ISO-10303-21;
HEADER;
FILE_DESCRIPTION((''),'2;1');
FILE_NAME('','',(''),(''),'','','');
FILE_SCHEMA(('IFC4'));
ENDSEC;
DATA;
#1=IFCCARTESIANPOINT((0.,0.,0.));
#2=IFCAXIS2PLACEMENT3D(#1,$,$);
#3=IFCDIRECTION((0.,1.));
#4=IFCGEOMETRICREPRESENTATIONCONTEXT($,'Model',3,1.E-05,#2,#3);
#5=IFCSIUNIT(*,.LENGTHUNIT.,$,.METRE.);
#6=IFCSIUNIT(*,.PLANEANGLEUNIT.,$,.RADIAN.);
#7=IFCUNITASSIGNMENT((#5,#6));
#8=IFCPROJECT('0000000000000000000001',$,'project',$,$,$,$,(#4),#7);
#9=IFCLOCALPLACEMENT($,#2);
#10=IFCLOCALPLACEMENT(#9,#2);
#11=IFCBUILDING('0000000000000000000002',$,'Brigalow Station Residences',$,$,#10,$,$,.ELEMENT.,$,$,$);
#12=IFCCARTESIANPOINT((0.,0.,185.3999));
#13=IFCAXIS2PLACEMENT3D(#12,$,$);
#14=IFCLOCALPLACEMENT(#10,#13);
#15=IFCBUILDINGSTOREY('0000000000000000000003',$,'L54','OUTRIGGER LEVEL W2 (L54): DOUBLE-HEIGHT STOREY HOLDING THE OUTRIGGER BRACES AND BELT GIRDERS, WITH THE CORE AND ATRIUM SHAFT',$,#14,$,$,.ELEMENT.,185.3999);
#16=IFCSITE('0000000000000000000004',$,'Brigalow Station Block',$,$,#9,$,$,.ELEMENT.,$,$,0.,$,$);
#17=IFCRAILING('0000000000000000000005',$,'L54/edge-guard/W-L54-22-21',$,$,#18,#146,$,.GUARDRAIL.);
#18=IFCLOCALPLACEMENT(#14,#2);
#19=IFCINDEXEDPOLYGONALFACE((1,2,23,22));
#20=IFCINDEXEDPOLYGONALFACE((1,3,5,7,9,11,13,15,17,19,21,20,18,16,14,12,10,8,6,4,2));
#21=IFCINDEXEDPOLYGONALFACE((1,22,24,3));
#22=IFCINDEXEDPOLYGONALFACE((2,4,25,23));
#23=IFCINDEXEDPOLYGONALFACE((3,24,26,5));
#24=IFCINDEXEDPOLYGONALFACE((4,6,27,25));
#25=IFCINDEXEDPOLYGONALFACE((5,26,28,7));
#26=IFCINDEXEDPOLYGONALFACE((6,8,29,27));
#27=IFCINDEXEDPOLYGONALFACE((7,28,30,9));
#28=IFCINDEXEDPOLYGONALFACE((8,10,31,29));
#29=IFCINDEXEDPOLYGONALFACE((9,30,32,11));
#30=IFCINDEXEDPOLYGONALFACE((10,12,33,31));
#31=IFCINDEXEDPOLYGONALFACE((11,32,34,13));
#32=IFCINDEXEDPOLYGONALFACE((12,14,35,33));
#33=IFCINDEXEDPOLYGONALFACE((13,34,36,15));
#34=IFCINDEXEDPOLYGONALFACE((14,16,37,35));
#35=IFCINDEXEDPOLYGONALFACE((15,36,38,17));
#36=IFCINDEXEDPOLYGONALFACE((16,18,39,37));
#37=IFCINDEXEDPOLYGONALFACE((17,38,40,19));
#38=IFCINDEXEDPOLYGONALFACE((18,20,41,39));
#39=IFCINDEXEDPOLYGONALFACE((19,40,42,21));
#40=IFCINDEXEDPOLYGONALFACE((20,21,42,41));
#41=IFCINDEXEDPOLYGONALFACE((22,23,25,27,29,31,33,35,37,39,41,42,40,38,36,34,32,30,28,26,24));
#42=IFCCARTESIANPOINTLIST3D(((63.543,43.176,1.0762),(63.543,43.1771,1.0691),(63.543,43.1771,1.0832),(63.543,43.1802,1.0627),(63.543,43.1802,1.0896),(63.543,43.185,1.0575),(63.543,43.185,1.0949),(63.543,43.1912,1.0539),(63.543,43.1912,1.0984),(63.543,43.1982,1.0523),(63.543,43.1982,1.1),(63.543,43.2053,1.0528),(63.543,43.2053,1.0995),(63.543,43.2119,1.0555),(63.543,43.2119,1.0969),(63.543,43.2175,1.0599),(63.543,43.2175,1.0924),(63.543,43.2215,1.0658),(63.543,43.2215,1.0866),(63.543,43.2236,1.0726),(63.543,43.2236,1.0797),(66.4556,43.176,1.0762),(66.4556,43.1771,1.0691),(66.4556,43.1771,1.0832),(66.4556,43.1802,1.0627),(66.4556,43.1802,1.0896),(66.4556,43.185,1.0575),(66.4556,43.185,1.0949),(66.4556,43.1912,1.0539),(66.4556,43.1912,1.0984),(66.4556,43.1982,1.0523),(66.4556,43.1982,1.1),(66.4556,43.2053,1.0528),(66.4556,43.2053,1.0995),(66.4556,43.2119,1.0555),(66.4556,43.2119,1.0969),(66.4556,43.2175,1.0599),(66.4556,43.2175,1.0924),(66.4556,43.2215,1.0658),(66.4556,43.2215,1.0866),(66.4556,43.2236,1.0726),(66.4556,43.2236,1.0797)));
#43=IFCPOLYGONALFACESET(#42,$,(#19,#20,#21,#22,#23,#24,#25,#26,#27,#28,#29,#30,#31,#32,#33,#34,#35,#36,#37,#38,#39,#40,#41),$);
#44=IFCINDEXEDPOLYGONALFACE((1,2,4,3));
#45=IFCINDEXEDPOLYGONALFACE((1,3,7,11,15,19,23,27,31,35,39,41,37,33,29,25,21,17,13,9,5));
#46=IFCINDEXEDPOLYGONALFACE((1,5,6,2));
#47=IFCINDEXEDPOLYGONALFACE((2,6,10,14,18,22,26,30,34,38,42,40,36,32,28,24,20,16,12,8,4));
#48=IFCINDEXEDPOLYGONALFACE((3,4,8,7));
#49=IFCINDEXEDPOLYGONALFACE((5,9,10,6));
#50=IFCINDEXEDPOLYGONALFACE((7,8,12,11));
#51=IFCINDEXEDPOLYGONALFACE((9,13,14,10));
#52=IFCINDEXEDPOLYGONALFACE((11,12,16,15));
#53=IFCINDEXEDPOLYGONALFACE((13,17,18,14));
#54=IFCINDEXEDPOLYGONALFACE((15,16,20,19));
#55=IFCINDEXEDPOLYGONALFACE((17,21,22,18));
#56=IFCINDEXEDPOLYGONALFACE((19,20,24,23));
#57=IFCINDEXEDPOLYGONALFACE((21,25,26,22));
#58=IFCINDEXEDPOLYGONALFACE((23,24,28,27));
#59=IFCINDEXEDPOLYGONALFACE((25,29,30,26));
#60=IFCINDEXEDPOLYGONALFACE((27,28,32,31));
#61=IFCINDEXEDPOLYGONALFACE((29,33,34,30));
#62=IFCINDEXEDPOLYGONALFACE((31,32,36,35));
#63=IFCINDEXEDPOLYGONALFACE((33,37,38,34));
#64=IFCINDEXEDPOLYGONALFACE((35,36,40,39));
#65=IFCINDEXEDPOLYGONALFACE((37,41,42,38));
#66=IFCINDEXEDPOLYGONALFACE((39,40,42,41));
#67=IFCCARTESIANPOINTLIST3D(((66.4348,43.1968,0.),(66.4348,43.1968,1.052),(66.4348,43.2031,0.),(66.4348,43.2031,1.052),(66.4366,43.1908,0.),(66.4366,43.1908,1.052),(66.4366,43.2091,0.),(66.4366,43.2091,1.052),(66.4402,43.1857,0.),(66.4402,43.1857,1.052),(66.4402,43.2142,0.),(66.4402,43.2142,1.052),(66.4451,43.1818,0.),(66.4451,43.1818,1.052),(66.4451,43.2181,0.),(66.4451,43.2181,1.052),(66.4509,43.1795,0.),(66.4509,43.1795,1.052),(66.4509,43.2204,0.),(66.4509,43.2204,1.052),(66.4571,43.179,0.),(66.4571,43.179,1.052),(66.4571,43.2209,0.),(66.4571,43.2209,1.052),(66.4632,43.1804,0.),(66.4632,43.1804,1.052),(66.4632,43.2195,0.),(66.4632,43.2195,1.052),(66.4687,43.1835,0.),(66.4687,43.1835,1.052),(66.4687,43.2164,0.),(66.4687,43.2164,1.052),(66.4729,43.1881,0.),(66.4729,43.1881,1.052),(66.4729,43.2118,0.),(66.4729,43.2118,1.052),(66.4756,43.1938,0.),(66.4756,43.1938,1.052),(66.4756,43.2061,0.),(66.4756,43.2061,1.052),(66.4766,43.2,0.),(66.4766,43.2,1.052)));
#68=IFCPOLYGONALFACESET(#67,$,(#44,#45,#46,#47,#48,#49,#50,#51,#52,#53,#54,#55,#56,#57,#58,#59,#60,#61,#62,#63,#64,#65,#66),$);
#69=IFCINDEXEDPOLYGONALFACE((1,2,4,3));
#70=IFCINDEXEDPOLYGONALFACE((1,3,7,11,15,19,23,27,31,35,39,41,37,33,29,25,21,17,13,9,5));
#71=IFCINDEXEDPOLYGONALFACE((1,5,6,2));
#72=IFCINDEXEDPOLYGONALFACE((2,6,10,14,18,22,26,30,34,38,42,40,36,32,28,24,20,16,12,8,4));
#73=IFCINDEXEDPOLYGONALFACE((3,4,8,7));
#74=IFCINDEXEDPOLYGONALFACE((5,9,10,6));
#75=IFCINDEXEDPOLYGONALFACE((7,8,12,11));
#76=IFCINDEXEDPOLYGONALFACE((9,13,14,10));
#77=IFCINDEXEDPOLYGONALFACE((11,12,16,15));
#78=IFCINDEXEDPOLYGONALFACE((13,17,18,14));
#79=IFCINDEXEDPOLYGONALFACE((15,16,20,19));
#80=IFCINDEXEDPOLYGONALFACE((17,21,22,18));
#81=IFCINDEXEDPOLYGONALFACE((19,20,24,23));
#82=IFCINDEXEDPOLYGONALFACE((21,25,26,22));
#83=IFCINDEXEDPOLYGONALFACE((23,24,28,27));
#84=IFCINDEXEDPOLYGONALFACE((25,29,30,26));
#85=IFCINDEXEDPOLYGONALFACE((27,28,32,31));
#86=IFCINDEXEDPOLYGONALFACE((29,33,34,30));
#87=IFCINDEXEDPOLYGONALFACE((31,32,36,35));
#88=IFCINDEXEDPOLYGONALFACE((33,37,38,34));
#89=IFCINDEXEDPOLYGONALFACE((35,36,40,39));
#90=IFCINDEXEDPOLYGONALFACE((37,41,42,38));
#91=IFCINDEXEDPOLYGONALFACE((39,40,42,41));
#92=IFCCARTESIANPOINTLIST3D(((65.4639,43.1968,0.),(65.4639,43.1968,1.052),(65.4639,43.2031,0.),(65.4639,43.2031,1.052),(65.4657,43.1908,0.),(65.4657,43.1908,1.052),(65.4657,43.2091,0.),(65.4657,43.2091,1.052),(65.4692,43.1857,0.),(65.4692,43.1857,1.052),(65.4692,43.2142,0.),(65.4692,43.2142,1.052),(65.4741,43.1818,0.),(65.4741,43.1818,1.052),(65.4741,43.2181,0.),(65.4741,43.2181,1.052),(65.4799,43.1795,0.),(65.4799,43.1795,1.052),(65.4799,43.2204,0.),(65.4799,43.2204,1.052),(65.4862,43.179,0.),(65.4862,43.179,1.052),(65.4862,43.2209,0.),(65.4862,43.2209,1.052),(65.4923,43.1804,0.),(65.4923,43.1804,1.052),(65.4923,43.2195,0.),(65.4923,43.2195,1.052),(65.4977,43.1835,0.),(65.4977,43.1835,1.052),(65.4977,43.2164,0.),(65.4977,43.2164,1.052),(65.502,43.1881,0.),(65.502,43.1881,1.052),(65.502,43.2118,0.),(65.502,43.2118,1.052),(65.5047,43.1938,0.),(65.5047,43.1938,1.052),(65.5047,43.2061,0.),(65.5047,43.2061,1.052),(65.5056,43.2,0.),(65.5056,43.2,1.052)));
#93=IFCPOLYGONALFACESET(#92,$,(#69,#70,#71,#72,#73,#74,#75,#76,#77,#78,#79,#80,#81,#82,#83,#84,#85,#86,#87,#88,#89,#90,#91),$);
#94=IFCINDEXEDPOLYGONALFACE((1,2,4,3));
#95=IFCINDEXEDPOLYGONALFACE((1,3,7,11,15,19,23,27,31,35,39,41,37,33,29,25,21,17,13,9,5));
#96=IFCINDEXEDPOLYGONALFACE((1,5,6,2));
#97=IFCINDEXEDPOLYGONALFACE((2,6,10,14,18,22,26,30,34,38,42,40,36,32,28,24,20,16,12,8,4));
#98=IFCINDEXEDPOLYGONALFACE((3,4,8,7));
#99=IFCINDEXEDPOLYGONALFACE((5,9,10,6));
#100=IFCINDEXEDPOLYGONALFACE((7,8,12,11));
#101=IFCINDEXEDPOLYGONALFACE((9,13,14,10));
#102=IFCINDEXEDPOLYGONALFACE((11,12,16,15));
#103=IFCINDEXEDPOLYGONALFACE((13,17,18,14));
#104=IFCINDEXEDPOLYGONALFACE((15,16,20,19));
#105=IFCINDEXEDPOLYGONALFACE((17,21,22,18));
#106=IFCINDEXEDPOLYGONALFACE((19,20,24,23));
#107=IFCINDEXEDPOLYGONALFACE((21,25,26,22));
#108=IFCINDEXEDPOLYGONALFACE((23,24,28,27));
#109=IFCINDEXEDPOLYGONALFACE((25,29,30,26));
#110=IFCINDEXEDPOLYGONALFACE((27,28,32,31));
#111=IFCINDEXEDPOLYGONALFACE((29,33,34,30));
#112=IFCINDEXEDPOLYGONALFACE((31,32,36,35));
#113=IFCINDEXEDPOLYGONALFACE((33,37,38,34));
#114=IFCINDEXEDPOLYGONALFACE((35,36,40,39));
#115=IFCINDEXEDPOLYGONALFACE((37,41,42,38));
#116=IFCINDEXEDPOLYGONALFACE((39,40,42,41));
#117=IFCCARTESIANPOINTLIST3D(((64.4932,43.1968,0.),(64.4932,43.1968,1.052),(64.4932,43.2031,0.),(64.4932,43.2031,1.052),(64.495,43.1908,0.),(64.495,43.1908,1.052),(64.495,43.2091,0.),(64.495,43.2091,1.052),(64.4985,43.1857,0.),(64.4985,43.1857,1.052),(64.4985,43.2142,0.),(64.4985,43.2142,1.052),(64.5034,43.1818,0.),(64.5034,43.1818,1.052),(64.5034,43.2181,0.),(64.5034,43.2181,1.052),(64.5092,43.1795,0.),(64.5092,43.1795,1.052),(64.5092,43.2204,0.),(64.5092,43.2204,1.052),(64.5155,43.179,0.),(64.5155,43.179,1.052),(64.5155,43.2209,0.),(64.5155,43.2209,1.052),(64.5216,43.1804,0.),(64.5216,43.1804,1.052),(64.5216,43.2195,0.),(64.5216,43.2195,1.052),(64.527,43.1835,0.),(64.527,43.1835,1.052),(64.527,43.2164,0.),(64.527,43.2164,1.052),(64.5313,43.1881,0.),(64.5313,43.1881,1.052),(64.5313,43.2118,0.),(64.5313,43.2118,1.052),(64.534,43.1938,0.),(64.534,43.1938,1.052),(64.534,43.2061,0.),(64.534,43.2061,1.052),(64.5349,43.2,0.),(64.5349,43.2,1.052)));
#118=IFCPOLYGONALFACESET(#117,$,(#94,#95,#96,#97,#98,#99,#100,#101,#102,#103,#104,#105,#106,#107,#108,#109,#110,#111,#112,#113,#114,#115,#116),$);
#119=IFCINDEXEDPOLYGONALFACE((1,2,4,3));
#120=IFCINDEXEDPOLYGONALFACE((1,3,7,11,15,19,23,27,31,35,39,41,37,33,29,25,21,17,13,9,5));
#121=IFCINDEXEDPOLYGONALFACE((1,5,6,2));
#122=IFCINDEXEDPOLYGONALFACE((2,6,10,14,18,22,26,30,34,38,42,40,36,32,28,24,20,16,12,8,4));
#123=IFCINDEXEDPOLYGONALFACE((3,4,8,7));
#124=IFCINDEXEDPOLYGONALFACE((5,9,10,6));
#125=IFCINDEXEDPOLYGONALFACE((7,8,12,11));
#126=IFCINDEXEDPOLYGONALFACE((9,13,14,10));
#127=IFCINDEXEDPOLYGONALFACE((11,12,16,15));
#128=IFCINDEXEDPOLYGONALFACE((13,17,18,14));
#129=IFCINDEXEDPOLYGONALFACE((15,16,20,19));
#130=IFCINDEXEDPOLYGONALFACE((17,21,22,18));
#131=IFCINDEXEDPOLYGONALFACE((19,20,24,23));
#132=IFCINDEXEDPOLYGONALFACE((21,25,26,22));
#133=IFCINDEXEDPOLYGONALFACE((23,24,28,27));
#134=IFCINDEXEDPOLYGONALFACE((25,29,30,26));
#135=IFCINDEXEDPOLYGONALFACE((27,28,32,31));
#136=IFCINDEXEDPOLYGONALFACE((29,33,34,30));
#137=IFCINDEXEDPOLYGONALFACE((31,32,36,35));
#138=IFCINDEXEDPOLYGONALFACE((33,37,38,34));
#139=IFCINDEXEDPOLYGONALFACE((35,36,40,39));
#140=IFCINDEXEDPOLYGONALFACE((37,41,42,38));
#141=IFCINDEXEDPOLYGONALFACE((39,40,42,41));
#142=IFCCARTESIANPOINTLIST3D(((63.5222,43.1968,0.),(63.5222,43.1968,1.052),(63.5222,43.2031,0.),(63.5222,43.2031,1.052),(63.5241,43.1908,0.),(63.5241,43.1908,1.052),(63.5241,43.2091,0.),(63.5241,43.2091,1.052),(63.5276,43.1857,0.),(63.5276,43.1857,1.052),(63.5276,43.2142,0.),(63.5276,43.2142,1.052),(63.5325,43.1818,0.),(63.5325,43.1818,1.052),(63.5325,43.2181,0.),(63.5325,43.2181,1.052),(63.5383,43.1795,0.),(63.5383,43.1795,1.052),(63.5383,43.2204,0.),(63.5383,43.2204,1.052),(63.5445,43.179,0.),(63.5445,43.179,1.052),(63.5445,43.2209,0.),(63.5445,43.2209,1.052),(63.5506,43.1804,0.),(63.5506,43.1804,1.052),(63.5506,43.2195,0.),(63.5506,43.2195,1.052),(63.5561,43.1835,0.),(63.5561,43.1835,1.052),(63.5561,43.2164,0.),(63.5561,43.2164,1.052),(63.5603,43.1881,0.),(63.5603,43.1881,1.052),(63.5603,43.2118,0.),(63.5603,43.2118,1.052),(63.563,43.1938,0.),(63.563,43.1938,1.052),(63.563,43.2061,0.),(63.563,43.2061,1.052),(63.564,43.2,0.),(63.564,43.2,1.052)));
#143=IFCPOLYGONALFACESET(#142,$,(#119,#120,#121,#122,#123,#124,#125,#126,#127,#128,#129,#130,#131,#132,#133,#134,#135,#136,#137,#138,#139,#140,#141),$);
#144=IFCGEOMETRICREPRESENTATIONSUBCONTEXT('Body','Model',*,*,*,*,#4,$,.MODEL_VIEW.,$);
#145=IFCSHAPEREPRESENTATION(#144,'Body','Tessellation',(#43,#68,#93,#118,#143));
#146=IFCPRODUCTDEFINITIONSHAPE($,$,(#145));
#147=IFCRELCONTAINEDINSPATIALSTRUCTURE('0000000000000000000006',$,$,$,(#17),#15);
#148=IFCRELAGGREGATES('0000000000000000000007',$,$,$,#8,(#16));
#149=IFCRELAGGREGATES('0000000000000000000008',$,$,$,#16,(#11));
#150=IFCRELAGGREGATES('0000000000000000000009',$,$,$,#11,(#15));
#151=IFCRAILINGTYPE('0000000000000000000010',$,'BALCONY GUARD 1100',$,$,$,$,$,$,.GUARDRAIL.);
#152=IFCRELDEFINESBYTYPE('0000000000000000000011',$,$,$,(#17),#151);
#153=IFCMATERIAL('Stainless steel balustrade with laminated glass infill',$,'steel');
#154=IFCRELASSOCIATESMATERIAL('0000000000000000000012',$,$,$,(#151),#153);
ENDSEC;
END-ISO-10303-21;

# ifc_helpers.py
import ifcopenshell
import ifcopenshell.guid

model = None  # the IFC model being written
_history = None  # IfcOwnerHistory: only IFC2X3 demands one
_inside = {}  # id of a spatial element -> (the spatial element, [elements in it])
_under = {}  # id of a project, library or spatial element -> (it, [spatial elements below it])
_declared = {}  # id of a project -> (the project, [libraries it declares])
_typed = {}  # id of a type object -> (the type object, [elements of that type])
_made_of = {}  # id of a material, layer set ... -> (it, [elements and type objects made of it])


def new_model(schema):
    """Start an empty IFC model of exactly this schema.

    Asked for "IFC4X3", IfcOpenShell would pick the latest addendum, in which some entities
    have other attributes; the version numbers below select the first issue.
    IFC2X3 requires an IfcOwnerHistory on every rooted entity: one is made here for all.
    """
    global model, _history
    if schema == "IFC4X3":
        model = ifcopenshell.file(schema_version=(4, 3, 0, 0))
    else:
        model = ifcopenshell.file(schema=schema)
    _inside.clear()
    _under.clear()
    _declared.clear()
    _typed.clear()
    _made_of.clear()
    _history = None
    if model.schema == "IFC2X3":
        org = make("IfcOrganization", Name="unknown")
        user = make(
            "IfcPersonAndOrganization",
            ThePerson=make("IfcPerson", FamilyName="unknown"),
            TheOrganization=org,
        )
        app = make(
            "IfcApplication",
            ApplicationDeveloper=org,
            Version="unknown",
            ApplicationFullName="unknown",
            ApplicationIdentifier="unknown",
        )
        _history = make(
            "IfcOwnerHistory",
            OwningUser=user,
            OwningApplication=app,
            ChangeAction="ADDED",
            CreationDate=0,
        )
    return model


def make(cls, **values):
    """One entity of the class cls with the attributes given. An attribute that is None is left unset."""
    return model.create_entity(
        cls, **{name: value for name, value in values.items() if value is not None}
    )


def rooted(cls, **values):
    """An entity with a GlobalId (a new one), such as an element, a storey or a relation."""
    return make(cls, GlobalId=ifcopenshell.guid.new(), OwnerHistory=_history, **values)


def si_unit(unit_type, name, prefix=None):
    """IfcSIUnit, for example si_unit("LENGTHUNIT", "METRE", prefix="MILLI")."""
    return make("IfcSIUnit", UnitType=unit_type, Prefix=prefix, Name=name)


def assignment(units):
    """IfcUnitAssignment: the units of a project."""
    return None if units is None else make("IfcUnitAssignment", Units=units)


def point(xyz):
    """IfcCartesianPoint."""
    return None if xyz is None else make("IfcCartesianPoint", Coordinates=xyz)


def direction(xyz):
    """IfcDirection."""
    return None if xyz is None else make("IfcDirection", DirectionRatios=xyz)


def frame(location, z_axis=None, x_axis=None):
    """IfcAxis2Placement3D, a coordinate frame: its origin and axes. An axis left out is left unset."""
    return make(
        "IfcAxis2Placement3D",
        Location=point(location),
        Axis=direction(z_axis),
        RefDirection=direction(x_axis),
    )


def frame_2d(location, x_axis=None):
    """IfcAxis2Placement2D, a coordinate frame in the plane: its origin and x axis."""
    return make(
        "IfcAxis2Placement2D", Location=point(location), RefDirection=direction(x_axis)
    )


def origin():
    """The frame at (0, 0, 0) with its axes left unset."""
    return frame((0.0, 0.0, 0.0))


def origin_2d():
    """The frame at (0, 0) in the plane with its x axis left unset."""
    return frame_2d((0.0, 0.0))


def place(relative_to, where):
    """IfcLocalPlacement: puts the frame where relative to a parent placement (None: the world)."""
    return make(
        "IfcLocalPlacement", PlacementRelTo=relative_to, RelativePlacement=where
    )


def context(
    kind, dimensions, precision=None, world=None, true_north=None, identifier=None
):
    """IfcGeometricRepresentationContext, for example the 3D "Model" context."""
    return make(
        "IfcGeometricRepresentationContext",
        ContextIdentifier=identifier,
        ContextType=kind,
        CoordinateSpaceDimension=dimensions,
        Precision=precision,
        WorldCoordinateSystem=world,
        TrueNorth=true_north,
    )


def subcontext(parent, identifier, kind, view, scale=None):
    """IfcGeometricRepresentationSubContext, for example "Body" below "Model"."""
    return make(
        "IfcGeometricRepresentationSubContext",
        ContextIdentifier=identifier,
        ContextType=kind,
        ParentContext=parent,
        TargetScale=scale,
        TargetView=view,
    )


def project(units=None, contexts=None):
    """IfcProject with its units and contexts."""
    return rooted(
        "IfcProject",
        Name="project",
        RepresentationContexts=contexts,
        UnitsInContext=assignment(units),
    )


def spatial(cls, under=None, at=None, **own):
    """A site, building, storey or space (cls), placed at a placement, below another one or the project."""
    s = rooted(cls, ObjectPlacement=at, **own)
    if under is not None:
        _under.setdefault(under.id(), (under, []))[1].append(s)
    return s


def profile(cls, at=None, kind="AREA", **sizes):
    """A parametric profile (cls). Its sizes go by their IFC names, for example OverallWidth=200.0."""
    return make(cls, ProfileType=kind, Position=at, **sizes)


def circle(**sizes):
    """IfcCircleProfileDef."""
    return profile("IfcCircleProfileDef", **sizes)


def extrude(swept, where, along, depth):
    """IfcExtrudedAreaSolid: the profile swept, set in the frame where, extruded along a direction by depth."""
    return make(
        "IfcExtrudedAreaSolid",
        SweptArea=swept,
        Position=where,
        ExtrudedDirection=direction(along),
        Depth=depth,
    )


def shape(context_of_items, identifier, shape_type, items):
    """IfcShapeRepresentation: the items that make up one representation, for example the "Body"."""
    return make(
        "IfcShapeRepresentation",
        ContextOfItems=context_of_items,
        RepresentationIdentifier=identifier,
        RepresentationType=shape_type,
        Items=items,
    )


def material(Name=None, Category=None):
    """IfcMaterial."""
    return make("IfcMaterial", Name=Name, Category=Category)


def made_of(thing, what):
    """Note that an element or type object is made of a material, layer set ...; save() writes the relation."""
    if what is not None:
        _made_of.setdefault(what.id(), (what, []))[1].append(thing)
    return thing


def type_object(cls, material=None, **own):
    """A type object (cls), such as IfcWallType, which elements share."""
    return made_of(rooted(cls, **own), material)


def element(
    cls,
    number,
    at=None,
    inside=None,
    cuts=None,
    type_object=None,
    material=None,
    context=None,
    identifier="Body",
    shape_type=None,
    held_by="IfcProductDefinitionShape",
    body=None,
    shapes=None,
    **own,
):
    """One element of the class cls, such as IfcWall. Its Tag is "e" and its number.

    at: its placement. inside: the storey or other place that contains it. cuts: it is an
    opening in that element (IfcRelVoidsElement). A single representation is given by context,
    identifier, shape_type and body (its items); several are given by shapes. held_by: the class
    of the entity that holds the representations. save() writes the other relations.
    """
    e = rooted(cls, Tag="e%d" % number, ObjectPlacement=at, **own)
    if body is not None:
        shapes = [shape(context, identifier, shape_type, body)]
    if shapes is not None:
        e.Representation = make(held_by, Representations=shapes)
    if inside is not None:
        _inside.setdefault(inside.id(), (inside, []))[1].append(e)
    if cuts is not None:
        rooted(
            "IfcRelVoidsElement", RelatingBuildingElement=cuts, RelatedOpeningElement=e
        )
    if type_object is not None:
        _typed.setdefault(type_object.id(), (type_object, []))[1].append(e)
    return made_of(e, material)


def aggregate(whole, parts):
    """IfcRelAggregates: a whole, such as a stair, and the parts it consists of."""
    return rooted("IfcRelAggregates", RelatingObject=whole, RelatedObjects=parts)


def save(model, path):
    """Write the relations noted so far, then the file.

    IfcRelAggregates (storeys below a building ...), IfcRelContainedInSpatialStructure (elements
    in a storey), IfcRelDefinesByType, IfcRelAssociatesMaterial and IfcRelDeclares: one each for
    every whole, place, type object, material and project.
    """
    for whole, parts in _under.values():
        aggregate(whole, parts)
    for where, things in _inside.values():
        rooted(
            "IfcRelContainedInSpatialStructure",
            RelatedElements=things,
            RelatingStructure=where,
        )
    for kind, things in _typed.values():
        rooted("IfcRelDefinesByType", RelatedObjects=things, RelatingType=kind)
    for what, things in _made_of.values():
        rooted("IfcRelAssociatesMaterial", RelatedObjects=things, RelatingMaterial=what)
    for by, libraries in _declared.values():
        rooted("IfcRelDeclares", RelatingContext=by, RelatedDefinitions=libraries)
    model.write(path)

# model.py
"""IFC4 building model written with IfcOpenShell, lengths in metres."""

from ifc_helpers import new_model, si_unit, direction, frame, origin, origin_2d, place, context, subcontext, project, spatial, circle, extrude, material, type_object, element, save


model = new_model("IFC4")

# Units and contexts
model_context = context("Model", 3, precision=1e-05, world=origin(), true_north=direction((0.0, 1.0)))
body_context = subcontext(model_context, "Body", "Model", "MODEL_VIEW")
ifc_project = project(units=[si_unit("LENGTHUNIT", "METRE"), si_unit("PLANEANGLEUNIT", "RADIAN")], contexts=[model_context])

# Site, building, storey
site_placement = place(None, origin())
site = spatial("IfcSite", under=ifc_project, at=site_placement, Name="Brigalow Station Block", CompositionType="ELEMENT", RefElevation=0.0)
building_placement = place(site_placement, origin())
building = spatial("IfcBuilding", under=site, at=building_placement, Name="Brigalow Station Residences", CompositionType="ELEMENT")
storey_placement = place(building_placement, frame((0.0, 0.0, 185.3999)))
storey = spatial("IfcBuildingStorey", under=building, at=storey_placement, Name="L54", Description="OUTRIGGER LEVEL W2 (L54): DOUBLE-HEIGHT STOREY HOLDING THE OUTRIGGER BRACES AND BELT GIRDERS, WITH THE CORE AND ATRIUM SHAFT", CompositionType="ELEMENT", Elevation=185.3999)

# Railing
ifc_material_1 = material(Name="Stainless steel balustrade with laminated glass infill", Category="steel")
railing_type_1 = type_object("IfcRailingType", Name="BALCONY GUARD 1100", PredefinedType="GUARDRAIL", material=ifc_material_1)
railing_1_placement = place(storey_placement, frame((66.4556, 43.2, 0.0)))
element("IfcRailing", 1, at=railing_1_placement, inside=storey, type_object=railing_type_1, Name="L54/edge-guard/W-L54-22-21", PredefinedType="GUARDRAIL", context=body_context, shape_type="SweptSolid", body=[
    extrude(circle(Radius=0.0239, at=origin_2d()), frame((0.0, 0.0, 1.0762), z_axis=(-1.0, 0.0, 0.0), x_axis=(0.0, -1.0, 0.0)), (0.0, 0.0, 1.0), 2.9126),
    extrude(circle(Radius=0.021, at=origin_2d()), origin(), (0.0, 0.0, 1.0), 1.052),
    extrude(circle(Radius=0.021, at=origin_2d()), frame((-0.9709, 0.0, 0.0)), (0.0, 0.0, 1.0), 1.052),
    extrude(circle(Radius=0.021, at=origin_2d()), frame((-1.9417, 0.0, 0.0)), (0.0, 0.0, 1.0), 1.052),
    extrude(circle(Radius=0.021, at=origin_2d()), frame((-2.9126, 0.0, 0.0)), (0.0, 0.0, 1.0), 1.052),
])

save(model, "model.ifc")
